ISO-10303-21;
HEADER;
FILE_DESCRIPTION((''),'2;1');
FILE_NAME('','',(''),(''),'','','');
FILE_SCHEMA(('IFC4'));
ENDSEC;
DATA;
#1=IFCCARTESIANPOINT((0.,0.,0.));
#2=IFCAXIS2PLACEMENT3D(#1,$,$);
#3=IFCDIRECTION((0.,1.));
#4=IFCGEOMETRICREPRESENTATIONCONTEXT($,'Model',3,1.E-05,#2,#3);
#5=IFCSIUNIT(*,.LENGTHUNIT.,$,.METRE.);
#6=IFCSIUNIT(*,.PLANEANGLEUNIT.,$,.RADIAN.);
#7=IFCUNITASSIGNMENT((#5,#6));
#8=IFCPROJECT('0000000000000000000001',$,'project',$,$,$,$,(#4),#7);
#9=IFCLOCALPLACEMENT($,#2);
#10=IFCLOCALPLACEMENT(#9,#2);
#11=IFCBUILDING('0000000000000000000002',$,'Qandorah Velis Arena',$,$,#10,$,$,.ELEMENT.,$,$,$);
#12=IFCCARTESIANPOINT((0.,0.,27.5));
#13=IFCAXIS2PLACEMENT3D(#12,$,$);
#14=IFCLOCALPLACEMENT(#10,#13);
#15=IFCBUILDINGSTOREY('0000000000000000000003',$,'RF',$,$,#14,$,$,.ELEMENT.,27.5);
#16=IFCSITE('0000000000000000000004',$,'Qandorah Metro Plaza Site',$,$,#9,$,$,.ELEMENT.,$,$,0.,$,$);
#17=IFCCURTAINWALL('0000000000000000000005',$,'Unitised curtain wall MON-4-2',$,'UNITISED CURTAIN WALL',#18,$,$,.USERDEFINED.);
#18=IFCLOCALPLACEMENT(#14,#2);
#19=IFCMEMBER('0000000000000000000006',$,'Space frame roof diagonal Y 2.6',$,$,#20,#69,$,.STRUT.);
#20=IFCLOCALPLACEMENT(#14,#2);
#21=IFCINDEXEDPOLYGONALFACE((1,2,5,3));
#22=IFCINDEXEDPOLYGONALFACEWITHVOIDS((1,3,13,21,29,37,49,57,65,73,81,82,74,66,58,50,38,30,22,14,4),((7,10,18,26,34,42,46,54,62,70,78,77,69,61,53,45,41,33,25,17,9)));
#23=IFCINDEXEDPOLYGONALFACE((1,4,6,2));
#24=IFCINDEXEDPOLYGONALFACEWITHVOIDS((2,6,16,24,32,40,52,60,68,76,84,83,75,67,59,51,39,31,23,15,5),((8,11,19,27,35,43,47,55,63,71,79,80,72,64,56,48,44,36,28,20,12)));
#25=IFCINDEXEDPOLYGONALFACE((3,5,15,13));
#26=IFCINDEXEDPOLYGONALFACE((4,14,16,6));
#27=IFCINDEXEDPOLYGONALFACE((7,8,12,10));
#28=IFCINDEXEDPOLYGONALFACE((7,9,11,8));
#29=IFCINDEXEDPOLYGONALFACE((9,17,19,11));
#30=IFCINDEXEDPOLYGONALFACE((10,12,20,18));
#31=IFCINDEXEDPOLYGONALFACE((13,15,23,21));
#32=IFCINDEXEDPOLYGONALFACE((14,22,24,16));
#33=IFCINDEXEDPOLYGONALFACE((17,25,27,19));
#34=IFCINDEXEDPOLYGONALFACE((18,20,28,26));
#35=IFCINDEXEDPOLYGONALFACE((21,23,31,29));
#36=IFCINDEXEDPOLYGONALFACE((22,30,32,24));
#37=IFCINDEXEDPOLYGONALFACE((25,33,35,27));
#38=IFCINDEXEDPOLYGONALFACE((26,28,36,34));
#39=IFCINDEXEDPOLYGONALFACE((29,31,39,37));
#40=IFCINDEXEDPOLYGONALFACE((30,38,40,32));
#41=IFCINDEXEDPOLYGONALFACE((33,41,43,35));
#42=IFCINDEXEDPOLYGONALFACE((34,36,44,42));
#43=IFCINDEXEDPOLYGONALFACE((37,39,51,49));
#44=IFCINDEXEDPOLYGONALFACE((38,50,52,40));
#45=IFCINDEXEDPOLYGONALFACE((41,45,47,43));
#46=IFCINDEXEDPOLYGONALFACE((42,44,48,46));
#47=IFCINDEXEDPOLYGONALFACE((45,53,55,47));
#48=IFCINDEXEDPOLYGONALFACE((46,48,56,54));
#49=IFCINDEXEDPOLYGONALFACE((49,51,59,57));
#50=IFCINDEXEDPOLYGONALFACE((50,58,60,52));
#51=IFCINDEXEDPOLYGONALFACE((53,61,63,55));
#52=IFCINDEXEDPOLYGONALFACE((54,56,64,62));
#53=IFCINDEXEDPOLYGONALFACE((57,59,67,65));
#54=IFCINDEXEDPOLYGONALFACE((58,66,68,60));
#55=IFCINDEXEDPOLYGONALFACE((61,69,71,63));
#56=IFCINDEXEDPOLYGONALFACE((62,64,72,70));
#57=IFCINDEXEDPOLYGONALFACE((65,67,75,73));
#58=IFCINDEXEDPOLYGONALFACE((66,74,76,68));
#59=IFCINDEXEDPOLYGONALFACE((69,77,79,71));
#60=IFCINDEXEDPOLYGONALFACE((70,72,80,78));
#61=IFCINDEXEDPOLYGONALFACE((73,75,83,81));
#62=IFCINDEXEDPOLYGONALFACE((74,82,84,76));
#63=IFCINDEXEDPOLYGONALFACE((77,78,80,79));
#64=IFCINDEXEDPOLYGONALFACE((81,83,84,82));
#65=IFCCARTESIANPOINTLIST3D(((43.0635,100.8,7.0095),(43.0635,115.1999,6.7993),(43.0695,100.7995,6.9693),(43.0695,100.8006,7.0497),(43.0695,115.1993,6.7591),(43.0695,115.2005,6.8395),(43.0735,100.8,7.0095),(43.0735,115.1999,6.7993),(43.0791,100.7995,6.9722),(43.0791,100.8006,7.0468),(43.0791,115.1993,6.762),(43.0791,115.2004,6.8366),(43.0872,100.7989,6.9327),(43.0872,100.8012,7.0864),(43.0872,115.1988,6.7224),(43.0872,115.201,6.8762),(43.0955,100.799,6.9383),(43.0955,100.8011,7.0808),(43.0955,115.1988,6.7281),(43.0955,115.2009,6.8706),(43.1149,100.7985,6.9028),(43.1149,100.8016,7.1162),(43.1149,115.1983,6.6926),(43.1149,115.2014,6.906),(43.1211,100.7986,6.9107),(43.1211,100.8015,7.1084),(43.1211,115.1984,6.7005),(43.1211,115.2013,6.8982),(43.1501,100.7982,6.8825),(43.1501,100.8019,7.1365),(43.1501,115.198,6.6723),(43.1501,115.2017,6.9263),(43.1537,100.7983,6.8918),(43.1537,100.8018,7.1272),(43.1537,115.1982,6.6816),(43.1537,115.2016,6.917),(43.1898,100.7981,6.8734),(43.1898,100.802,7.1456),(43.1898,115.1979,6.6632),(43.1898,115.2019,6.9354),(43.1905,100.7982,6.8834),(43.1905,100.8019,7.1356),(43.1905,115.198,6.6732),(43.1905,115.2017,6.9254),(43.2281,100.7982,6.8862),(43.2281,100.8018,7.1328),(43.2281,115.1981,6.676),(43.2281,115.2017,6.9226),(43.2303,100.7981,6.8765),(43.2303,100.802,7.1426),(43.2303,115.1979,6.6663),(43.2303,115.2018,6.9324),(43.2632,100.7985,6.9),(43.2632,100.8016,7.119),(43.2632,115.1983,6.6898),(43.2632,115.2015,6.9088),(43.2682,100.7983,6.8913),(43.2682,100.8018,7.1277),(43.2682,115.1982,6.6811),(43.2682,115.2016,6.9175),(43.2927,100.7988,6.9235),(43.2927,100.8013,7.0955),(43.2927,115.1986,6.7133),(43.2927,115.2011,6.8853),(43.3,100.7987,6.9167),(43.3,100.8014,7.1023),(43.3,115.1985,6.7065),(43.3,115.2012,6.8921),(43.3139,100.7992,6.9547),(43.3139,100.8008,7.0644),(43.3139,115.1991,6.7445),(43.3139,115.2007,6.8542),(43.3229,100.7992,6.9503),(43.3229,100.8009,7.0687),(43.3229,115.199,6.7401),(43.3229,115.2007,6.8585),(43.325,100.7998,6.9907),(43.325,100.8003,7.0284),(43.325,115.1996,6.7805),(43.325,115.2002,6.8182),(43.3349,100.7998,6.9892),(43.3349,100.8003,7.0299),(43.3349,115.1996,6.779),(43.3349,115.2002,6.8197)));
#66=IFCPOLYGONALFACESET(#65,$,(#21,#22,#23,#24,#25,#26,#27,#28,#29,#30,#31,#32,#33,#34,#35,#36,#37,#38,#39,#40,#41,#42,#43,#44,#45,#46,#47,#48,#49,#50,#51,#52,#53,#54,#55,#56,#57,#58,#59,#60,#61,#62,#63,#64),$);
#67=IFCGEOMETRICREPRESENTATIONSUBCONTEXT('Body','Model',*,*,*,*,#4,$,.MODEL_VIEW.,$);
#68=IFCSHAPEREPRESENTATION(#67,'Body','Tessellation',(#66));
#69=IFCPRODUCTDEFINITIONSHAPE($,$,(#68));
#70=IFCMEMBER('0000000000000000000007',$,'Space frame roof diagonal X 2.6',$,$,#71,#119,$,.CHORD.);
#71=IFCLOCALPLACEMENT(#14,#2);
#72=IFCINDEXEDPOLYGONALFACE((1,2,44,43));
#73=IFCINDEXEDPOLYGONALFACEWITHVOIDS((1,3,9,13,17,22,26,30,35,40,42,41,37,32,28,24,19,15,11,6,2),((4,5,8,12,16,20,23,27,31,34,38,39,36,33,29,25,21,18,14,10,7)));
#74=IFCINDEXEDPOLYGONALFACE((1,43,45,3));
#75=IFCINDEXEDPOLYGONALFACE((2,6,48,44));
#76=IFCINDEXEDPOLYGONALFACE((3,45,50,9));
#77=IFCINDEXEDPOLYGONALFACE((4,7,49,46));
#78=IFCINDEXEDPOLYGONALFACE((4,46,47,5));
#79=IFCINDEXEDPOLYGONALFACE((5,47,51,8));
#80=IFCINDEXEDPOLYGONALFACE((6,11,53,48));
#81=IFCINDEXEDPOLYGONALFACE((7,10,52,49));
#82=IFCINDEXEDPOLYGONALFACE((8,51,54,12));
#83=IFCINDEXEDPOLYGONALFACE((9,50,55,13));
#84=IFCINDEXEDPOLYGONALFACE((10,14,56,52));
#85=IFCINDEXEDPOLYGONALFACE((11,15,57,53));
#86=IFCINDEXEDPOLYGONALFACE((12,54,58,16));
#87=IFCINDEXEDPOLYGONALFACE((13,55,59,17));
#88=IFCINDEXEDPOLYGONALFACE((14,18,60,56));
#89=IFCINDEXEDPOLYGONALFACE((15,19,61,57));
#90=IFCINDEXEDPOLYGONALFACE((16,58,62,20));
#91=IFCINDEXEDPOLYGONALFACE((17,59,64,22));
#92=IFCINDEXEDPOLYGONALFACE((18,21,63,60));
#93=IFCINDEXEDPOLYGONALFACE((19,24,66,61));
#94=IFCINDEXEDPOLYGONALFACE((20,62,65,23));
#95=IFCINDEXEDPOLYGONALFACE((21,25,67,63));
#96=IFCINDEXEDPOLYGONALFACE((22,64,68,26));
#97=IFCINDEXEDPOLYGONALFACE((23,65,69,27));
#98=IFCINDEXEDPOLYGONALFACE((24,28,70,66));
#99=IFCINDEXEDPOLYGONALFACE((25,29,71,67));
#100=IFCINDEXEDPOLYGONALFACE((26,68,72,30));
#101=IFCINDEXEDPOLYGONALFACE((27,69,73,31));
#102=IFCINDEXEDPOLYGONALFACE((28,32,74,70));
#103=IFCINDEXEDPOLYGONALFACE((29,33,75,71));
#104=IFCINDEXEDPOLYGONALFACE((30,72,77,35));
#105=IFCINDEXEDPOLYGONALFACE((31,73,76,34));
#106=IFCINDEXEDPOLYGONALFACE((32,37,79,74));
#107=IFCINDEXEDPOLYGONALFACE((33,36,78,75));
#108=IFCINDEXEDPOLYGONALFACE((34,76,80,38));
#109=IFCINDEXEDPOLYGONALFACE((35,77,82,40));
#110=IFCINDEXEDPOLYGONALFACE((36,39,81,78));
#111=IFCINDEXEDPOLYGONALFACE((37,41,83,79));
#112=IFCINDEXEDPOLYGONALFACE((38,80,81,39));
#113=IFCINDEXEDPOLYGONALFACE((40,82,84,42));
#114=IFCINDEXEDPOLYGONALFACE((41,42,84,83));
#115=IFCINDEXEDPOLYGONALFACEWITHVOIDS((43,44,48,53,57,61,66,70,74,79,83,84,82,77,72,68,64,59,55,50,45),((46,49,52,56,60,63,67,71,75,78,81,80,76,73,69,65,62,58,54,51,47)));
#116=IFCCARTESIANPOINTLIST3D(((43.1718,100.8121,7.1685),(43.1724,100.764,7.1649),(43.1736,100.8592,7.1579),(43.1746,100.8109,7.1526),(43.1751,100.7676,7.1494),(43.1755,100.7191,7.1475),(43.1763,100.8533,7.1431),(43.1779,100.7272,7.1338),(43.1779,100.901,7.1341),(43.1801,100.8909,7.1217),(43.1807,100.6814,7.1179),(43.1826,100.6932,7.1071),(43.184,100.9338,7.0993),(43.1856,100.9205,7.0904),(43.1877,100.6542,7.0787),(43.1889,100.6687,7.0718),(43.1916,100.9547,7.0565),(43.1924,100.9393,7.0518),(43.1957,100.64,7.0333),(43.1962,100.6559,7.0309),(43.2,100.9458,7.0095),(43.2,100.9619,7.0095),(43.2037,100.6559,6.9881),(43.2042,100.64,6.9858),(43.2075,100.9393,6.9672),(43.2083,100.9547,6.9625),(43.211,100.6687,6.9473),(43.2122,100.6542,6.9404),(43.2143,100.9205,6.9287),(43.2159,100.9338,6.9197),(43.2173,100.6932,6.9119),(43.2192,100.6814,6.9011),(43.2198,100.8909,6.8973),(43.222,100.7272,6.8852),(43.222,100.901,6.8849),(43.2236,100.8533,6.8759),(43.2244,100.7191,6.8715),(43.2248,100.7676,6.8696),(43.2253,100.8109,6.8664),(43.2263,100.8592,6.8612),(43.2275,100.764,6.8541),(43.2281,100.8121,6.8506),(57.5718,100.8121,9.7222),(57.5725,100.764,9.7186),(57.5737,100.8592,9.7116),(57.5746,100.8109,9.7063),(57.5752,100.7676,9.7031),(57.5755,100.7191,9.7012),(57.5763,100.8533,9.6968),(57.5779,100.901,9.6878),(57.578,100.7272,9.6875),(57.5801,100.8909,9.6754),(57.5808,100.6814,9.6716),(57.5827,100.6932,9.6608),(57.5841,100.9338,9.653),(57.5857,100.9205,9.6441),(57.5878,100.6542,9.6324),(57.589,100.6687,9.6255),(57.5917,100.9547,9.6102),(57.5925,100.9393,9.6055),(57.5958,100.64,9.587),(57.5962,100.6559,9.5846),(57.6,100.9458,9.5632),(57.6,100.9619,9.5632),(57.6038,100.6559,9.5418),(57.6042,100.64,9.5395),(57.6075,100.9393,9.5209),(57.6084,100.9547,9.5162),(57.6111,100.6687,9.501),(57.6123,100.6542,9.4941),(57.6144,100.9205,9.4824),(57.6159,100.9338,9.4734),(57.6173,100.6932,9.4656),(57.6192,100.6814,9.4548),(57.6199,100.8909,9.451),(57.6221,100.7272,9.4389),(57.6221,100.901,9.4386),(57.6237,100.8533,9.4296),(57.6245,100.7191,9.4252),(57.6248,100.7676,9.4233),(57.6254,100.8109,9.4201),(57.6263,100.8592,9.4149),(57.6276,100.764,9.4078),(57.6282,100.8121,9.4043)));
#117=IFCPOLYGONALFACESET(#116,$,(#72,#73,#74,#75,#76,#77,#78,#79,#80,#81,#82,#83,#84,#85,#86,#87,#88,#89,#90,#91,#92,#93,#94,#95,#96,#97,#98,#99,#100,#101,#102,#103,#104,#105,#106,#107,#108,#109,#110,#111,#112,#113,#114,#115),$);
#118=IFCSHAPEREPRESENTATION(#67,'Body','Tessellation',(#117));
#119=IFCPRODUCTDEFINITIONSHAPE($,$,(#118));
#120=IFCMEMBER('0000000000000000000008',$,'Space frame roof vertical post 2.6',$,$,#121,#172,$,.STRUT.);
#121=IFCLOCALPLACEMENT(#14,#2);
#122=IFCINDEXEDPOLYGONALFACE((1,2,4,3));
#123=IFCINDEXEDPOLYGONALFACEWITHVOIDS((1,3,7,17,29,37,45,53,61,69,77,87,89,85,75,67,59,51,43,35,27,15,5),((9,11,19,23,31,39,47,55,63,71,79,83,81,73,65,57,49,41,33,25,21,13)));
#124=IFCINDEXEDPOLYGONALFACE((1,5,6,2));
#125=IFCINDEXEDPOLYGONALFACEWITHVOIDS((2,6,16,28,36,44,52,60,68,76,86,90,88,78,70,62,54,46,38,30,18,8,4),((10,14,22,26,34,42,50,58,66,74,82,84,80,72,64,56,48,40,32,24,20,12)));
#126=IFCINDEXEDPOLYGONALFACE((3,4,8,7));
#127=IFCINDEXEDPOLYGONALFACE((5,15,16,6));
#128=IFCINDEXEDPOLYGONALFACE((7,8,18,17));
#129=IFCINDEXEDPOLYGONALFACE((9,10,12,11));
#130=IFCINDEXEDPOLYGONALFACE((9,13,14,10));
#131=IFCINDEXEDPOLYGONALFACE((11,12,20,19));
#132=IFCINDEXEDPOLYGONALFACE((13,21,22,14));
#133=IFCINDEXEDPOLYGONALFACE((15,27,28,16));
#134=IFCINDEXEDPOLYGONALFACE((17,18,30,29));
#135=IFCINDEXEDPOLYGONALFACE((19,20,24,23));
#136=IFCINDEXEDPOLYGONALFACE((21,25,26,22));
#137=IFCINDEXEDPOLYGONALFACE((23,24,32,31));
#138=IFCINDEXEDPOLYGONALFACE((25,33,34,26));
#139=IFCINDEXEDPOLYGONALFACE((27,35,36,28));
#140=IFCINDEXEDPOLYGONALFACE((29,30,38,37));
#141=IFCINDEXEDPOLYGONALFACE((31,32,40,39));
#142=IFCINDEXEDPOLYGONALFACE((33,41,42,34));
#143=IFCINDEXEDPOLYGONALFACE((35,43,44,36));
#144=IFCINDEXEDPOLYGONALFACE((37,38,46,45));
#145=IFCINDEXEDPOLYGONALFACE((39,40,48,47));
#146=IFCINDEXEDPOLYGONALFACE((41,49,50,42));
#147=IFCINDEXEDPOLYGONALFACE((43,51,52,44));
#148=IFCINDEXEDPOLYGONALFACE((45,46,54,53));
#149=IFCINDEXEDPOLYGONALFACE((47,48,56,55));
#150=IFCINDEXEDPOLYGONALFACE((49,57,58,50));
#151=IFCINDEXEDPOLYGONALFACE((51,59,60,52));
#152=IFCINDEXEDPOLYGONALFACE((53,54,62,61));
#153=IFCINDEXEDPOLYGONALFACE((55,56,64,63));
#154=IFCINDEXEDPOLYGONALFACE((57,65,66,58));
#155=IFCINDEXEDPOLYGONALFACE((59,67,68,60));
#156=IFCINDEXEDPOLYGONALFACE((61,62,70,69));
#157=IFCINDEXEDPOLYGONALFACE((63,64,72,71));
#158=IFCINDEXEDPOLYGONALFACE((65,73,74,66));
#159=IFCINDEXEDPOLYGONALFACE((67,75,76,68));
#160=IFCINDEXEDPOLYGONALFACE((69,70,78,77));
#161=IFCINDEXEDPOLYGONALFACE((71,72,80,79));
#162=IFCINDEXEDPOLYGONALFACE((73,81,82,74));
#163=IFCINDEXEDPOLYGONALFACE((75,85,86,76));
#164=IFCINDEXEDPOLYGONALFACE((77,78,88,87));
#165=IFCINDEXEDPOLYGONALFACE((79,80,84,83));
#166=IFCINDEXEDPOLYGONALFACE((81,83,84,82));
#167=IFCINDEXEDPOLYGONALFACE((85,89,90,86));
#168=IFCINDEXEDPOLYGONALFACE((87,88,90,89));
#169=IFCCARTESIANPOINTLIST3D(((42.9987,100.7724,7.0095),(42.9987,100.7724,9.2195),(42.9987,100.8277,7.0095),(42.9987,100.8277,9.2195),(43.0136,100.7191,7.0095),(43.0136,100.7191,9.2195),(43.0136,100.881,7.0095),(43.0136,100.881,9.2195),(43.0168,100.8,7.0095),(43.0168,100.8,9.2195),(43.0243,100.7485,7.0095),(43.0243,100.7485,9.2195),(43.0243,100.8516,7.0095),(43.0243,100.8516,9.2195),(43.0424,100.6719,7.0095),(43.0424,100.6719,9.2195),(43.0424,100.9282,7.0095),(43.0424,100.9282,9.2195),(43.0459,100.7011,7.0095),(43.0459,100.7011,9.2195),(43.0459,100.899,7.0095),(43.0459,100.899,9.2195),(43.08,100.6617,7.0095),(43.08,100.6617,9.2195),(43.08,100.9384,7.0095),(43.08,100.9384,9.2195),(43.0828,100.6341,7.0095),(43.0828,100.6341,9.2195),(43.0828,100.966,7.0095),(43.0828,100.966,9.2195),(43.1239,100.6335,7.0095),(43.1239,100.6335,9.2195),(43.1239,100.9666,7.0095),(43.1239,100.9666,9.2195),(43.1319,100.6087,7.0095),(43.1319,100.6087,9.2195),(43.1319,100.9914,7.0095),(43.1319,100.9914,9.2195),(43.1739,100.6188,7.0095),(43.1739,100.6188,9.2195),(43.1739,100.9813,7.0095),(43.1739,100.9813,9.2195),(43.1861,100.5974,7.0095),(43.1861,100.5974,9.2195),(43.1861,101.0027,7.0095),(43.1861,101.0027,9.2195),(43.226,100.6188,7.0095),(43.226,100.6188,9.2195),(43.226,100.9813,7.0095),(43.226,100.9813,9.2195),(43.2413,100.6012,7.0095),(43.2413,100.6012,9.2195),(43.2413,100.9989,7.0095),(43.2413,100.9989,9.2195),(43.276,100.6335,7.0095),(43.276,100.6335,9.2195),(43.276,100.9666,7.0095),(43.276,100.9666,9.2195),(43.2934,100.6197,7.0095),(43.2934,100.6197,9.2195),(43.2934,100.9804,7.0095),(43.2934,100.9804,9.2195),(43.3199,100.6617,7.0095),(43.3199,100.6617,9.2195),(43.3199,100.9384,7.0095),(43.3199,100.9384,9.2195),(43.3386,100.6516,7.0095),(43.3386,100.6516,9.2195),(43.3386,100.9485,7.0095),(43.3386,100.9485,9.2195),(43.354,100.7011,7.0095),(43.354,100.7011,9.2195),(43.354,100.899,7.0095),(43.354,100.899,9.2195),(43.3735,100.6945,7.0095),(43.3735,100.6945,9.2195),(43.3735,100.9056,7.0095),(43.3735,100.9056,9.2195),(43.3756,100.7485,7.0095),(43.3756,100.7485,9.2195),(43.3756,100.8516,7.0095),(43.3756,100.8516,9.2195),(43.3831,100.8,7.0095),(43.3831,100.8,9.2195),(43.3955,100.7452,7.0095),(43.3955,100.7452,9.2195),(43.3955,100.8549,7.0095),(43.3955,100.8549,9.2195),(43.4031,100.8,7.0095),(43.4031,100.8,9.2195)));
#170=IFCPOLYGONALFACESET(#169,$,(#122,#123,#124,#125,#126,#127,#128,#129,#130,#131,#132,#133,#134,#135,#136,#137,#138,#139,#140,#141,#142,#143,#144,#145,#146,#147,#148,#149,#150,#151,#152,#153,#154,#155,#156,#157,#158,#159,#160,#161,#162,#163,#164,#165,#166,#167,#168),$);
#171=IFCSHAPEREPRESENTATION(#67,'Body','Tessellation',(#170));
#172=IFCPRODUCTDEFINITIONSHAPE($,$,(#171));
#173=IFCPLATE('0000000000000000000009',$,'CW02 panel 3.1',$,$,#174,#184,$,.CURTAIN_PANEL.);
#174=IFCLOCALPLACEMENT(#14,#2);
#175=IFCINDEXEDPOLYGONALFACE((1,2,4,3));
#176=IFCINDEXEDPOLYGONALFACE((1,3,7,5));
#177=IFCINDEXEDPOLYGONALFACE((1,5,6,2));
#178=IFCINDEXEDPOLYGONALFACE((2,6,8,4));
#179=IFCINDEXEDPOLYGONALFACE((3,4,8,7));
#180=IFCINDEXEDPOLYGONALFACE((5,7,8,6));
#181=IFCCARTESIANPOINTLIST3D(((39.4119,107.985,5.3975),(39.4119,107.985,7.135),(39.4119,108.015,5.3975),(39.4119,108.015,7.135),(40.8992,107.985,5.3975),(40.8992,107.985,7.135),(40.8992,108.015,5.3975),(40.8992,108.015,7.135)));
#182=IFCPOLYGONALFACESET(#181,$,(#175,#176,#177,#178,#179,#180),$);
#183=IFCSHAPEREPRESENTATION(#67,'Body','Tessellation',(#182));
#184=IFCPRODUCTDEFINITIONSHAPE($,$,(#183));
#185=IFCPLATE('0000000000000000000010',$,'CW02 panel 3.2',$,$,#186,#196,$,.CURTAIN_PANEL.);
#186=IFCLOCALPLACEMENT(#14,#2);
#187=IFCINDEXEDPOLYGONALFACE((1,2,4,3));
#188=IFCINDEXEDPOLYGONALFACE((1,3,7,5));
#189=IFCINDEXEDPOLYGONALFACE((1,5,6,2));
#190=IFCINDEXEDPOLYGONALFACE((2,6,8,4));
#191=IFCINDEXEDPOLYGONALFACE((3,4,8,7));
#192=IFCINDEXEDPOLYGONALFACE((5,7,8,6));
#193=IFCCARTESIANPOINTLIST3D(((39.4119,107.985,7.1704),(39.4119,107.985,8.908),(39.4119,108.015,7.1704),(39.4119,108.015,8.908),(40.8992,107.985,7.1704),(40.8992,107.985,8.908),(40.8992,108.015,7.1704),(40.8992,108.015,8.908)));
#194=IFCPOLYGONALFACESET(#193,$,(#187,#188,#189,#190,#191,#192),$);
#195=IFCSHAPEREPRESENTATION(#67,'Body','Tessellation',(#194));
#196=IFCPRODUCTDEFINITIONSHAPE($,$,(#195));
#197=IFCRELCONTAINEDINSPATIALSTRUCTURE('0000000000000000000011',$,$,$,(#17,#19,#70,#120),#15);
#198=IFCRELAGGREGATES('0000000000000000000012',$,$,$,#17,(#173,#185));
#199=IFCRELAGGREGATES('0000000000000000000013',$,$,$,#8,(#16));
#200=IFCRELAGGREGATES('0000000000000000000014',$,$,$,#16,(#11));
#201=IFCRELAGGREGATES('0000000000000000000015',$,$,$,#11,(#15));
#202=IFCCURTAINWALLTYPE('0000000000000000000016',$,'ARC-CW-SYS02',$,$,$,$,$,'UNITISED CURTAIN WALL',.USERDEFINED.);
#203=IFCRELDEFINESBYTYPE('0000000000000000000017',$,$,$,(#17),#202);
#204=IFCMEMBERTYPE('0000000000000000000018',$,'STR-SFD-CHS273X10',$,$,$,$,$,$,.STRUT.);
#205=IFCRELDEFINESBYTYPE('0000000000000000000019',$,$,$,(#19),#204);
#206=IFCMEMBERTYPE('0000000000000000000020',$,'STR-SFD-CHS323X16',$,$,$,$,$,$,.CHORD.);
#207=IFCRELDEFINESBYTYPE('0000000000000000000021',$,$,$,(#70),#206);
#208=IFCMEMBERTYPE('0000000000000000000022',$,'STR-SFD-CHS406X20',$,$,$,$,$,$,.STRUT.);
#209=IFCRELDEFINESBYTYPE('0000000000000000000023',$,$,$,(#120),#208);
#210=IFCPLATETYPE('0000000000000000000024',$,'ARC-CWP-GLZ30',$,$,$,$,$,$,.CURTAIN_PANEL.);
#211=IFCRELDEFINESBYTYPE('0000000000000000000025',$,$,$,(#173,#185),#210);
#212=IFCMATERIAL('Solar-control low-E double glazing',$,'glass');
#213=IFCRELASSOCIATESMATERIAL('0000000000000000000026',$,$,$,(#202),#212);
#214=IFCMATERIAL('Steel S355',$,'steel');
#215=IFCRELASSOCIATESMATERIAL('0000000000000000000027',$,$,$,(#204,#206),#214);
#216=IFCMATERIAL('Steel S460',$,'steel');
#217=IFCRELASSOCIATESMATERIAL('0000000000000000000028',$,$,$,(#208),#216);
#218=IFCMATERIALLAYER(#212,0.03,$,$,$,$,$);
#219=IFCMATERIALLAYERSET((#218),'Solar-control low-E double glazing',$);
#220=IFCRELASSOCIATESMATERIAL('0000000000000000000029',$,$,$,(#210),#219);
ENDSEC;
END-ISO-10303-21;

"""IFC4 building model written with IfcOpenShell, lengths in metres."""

from ifc_helpers import new_model, si_unit, direction, frame, origin, origin_2d, place, context, subcontext, project, spatial, rectangle, hollow_circle, extrude, material, layer, layer_set, material_profile, profile_set, type_object, element, aggregate, save


model = new_model("IFC4")

# Units and contexts
model_context = context("Model", 3, precision=1e-05, world=origin(), true_north=direction((0.0, 1.0)))
body_context = subcontext(model_context, "Body", "Model", "MODEL_VIEW")
ifc_project = project(units=[si_unit("LENGTHUNIT", "METRE"), si_unit("PLANEANGLEUNIT", "RADIAN")], contexts=[model_context])

# Site, building, storey
site_placement = place(None, origin())
site = spatial("IfcSite", under=ifc_project, at=site_placement, Name="Qandorah Metro Plaza Site", CompositionType="ELEMENT", RefElevation=0.0)
building_placement = place(site_placement, origin())
building = spatial("IfcBuilding", under=site, at=building_placement, Name="Qandorah Velis Arena", CompositionType="ELEMENT")
storey_placement = place(building_placement, frame((0.0, 0.0, 27.5)))
storey = spatial("IfcBuildingStorey", under=building, at=storey_placement, Name="RF", CompositionType="ELEMENT", Elevation=27.5)

# Curtain wall
ifc_material_1 = material(Name="Solar-control low-E double glazing", Category="glass")
curtain_wall_type_1 = type_object("IfcCurtainWallType", Name="ARC-CW-SYS02", ElementType="UNITISED CURTAIN WALL", PredefinedType="USERDEFINED", material=ifc_material_1)
curtain_wall_1_placement = place(storey_placement, origin())
curtain_wall_1 = element("IfcCurtainWall", 1, at=curtain_wall_1_placement, inside=storey, type_object=curtain_wall_type_1, Name="Unitised curtain wall MON-4-2", ObjectType="UNITISED CURTAIN WALL", PredefinedType="USERDEFINED")

# Shared definitions
ifc_material_2 = material(Name="Steel S355", Category="steel")

# Members
ifc_material_profile_1 = material_profile(ifc_material_2, hollow_circle(Radius=0.1365, WallThickness=0.01, at=origin_2d()), Name="CHS 273x10")
ifc_profile_set_1 = profile_set([ifc_material_profile_1], Name="Steel S355")
member_type_1 = type_object("IfcMemberType", Name="STR-SFD-CHS273X10", PredefinedType="STRUT", material=ifc_profile_set_1)
member_1_placement = place(storey_placement, frame((43.2, 100.8, 7.0095), z_axis=(0.0, 0.999893, -0.014596), x_axis=(-1.0, 0.0, 0.0)))
element("IfcMember", 2, at=member_1_placement, inside=storey, type_object=member_type_1, Name="Space frame roof diagonal Y 2.6", PredefinedType="STRUT", context=body_context, shape_type="SweptSolid", body=[
    extrude(hollow_circle(Radius=0.1365, WallThickness=0.01, at=origin_2d()), origin(), (0.0, 0.0, 1.0), 14.4014),
])
ifc_material_profile_2 = material_profile(ifc_material_2, hollow_circle(Radius=0.1619, WallThickness=0.0161, at=origin_2d()), Name="CHS 323.9x16")
ifc_profile_set_2 = profile_set([ifc_material_profile_2], Name="Steel S355")
member_type_2 = type_object("IfcMemberType", Name="STR-SFD-CHS323X16", PredefinedType="CHORD", material=ifc_profile_set_2)
member_2_placement = place(storey_placement, frame((43.2, 100.8, 7.0095), z_axis=(0.984637, 0.0, 0.174615), x_axis=(0.0, 1.0, 0.0)))
element("IfcMember", 3, at=member_2_placement, inside=storey, type_object=member_type_2, Name="Space frame roof diagonal X 2.6", PredefinedType="CHORD", context=body_context, shape_type="SweptSolid", body=[
    extrude(hollow_circle(Radius=0.1619, WallThickness=0.0161, at=origin_2d()), origin(), (0.0, 0.0, 1.0), 14.6248),
])
ifc_material_3 = material(Name="Steel S460", Category="steel")
ifc_material_profile_3 = material_profile(ifc_material_3, hollow_circle(Radius=0.2031, WallThickness=0.02, at=origin_2d()), Name="CHS 406.4x20")
ifc_profile_set_3 = profile_set([ifc_material_profile_3], Name="Steel S460")
member_type_3 = type_object("IfcMemberType", Name="STR-SFD-CHS406X20", PredefinedType="STRUT", material=ifc_profile_set_3)
member_3_placement = place(storey_placement, frame((43.2, 100.8, 7.0095), z_axis=(0.0, 0.0, 1.0), x_axis=(1.0, 0.0, 0.0)))
element("IfcMember", 4, at=member_3_placement, inside=storey, type_object=member_type_3, Name="Space frame roof vertical post 2.6", PredefinedType="STRUT", context=body_context, shape_type="SweptSolid", body=[
    extrude(hollow_circle(Radius=0.2031, WallThickness=0.02, at=origin_2d()), origin(), (0.0, 0.0, 1.0), 2.21),
])

# Plates
ifc_layer_1 = layer(ifc_material_1, 0.03)
ifc_layer_set_1 = layer_set([ifc_layer_1], Name="Solar-control low-E double glazing")
plate_type_1 = type_object("IfcPlateType", Name="ARC-CWP-GLZ30", PredefinedType="CURTAIN_PANEL", material=ifc_layer_set_1)
plate_1_placement = place(storey_placement, frame((40.1555, 108.0, 5.3975), z_axis=(0.0, 0.0, 1.0), x_axis=(1.0, 0.0, 0.0)))
plate_1 = element("IfcPlate", 5, at=plate_1_placement, type_object=plate_type_1, Name="CW02 panel 3.1", PredefinedType="CURTAIN_PANEL", context=body_context, shape_type="SweptSolid", body=[
    extrude(rectangle(XDim=1.4873, YDim=0.03, at=origin_2d()), origin(), (0.0, 0.0, 1.0), 1.7375),
])
plate_2_placement = place(storey_placement, frame((40.1555, 108.0, 7.1704), z_axis=(0.0, 0.0, 1.0), x_axis=(1.0, 0.0, 0.0)))
plate_2 = element("IfcPlate", 6, at=plate_2_placement, type_object=plate_type_1, Name="CW02 panel 3.2", PredefinedType="CURTAIN_PANEL", context=body_context, shape_type="SweptSolid", body=[
    extrude(rectangle(XDim=1.4873, YDim=0.03, at=origin_2d()), origin(), (0.0, 0.0, 1.0), 1.7375),
])
aggregate(curtain_wall_1, [plate_1, plate_2])

save(model, "model.ifc")
